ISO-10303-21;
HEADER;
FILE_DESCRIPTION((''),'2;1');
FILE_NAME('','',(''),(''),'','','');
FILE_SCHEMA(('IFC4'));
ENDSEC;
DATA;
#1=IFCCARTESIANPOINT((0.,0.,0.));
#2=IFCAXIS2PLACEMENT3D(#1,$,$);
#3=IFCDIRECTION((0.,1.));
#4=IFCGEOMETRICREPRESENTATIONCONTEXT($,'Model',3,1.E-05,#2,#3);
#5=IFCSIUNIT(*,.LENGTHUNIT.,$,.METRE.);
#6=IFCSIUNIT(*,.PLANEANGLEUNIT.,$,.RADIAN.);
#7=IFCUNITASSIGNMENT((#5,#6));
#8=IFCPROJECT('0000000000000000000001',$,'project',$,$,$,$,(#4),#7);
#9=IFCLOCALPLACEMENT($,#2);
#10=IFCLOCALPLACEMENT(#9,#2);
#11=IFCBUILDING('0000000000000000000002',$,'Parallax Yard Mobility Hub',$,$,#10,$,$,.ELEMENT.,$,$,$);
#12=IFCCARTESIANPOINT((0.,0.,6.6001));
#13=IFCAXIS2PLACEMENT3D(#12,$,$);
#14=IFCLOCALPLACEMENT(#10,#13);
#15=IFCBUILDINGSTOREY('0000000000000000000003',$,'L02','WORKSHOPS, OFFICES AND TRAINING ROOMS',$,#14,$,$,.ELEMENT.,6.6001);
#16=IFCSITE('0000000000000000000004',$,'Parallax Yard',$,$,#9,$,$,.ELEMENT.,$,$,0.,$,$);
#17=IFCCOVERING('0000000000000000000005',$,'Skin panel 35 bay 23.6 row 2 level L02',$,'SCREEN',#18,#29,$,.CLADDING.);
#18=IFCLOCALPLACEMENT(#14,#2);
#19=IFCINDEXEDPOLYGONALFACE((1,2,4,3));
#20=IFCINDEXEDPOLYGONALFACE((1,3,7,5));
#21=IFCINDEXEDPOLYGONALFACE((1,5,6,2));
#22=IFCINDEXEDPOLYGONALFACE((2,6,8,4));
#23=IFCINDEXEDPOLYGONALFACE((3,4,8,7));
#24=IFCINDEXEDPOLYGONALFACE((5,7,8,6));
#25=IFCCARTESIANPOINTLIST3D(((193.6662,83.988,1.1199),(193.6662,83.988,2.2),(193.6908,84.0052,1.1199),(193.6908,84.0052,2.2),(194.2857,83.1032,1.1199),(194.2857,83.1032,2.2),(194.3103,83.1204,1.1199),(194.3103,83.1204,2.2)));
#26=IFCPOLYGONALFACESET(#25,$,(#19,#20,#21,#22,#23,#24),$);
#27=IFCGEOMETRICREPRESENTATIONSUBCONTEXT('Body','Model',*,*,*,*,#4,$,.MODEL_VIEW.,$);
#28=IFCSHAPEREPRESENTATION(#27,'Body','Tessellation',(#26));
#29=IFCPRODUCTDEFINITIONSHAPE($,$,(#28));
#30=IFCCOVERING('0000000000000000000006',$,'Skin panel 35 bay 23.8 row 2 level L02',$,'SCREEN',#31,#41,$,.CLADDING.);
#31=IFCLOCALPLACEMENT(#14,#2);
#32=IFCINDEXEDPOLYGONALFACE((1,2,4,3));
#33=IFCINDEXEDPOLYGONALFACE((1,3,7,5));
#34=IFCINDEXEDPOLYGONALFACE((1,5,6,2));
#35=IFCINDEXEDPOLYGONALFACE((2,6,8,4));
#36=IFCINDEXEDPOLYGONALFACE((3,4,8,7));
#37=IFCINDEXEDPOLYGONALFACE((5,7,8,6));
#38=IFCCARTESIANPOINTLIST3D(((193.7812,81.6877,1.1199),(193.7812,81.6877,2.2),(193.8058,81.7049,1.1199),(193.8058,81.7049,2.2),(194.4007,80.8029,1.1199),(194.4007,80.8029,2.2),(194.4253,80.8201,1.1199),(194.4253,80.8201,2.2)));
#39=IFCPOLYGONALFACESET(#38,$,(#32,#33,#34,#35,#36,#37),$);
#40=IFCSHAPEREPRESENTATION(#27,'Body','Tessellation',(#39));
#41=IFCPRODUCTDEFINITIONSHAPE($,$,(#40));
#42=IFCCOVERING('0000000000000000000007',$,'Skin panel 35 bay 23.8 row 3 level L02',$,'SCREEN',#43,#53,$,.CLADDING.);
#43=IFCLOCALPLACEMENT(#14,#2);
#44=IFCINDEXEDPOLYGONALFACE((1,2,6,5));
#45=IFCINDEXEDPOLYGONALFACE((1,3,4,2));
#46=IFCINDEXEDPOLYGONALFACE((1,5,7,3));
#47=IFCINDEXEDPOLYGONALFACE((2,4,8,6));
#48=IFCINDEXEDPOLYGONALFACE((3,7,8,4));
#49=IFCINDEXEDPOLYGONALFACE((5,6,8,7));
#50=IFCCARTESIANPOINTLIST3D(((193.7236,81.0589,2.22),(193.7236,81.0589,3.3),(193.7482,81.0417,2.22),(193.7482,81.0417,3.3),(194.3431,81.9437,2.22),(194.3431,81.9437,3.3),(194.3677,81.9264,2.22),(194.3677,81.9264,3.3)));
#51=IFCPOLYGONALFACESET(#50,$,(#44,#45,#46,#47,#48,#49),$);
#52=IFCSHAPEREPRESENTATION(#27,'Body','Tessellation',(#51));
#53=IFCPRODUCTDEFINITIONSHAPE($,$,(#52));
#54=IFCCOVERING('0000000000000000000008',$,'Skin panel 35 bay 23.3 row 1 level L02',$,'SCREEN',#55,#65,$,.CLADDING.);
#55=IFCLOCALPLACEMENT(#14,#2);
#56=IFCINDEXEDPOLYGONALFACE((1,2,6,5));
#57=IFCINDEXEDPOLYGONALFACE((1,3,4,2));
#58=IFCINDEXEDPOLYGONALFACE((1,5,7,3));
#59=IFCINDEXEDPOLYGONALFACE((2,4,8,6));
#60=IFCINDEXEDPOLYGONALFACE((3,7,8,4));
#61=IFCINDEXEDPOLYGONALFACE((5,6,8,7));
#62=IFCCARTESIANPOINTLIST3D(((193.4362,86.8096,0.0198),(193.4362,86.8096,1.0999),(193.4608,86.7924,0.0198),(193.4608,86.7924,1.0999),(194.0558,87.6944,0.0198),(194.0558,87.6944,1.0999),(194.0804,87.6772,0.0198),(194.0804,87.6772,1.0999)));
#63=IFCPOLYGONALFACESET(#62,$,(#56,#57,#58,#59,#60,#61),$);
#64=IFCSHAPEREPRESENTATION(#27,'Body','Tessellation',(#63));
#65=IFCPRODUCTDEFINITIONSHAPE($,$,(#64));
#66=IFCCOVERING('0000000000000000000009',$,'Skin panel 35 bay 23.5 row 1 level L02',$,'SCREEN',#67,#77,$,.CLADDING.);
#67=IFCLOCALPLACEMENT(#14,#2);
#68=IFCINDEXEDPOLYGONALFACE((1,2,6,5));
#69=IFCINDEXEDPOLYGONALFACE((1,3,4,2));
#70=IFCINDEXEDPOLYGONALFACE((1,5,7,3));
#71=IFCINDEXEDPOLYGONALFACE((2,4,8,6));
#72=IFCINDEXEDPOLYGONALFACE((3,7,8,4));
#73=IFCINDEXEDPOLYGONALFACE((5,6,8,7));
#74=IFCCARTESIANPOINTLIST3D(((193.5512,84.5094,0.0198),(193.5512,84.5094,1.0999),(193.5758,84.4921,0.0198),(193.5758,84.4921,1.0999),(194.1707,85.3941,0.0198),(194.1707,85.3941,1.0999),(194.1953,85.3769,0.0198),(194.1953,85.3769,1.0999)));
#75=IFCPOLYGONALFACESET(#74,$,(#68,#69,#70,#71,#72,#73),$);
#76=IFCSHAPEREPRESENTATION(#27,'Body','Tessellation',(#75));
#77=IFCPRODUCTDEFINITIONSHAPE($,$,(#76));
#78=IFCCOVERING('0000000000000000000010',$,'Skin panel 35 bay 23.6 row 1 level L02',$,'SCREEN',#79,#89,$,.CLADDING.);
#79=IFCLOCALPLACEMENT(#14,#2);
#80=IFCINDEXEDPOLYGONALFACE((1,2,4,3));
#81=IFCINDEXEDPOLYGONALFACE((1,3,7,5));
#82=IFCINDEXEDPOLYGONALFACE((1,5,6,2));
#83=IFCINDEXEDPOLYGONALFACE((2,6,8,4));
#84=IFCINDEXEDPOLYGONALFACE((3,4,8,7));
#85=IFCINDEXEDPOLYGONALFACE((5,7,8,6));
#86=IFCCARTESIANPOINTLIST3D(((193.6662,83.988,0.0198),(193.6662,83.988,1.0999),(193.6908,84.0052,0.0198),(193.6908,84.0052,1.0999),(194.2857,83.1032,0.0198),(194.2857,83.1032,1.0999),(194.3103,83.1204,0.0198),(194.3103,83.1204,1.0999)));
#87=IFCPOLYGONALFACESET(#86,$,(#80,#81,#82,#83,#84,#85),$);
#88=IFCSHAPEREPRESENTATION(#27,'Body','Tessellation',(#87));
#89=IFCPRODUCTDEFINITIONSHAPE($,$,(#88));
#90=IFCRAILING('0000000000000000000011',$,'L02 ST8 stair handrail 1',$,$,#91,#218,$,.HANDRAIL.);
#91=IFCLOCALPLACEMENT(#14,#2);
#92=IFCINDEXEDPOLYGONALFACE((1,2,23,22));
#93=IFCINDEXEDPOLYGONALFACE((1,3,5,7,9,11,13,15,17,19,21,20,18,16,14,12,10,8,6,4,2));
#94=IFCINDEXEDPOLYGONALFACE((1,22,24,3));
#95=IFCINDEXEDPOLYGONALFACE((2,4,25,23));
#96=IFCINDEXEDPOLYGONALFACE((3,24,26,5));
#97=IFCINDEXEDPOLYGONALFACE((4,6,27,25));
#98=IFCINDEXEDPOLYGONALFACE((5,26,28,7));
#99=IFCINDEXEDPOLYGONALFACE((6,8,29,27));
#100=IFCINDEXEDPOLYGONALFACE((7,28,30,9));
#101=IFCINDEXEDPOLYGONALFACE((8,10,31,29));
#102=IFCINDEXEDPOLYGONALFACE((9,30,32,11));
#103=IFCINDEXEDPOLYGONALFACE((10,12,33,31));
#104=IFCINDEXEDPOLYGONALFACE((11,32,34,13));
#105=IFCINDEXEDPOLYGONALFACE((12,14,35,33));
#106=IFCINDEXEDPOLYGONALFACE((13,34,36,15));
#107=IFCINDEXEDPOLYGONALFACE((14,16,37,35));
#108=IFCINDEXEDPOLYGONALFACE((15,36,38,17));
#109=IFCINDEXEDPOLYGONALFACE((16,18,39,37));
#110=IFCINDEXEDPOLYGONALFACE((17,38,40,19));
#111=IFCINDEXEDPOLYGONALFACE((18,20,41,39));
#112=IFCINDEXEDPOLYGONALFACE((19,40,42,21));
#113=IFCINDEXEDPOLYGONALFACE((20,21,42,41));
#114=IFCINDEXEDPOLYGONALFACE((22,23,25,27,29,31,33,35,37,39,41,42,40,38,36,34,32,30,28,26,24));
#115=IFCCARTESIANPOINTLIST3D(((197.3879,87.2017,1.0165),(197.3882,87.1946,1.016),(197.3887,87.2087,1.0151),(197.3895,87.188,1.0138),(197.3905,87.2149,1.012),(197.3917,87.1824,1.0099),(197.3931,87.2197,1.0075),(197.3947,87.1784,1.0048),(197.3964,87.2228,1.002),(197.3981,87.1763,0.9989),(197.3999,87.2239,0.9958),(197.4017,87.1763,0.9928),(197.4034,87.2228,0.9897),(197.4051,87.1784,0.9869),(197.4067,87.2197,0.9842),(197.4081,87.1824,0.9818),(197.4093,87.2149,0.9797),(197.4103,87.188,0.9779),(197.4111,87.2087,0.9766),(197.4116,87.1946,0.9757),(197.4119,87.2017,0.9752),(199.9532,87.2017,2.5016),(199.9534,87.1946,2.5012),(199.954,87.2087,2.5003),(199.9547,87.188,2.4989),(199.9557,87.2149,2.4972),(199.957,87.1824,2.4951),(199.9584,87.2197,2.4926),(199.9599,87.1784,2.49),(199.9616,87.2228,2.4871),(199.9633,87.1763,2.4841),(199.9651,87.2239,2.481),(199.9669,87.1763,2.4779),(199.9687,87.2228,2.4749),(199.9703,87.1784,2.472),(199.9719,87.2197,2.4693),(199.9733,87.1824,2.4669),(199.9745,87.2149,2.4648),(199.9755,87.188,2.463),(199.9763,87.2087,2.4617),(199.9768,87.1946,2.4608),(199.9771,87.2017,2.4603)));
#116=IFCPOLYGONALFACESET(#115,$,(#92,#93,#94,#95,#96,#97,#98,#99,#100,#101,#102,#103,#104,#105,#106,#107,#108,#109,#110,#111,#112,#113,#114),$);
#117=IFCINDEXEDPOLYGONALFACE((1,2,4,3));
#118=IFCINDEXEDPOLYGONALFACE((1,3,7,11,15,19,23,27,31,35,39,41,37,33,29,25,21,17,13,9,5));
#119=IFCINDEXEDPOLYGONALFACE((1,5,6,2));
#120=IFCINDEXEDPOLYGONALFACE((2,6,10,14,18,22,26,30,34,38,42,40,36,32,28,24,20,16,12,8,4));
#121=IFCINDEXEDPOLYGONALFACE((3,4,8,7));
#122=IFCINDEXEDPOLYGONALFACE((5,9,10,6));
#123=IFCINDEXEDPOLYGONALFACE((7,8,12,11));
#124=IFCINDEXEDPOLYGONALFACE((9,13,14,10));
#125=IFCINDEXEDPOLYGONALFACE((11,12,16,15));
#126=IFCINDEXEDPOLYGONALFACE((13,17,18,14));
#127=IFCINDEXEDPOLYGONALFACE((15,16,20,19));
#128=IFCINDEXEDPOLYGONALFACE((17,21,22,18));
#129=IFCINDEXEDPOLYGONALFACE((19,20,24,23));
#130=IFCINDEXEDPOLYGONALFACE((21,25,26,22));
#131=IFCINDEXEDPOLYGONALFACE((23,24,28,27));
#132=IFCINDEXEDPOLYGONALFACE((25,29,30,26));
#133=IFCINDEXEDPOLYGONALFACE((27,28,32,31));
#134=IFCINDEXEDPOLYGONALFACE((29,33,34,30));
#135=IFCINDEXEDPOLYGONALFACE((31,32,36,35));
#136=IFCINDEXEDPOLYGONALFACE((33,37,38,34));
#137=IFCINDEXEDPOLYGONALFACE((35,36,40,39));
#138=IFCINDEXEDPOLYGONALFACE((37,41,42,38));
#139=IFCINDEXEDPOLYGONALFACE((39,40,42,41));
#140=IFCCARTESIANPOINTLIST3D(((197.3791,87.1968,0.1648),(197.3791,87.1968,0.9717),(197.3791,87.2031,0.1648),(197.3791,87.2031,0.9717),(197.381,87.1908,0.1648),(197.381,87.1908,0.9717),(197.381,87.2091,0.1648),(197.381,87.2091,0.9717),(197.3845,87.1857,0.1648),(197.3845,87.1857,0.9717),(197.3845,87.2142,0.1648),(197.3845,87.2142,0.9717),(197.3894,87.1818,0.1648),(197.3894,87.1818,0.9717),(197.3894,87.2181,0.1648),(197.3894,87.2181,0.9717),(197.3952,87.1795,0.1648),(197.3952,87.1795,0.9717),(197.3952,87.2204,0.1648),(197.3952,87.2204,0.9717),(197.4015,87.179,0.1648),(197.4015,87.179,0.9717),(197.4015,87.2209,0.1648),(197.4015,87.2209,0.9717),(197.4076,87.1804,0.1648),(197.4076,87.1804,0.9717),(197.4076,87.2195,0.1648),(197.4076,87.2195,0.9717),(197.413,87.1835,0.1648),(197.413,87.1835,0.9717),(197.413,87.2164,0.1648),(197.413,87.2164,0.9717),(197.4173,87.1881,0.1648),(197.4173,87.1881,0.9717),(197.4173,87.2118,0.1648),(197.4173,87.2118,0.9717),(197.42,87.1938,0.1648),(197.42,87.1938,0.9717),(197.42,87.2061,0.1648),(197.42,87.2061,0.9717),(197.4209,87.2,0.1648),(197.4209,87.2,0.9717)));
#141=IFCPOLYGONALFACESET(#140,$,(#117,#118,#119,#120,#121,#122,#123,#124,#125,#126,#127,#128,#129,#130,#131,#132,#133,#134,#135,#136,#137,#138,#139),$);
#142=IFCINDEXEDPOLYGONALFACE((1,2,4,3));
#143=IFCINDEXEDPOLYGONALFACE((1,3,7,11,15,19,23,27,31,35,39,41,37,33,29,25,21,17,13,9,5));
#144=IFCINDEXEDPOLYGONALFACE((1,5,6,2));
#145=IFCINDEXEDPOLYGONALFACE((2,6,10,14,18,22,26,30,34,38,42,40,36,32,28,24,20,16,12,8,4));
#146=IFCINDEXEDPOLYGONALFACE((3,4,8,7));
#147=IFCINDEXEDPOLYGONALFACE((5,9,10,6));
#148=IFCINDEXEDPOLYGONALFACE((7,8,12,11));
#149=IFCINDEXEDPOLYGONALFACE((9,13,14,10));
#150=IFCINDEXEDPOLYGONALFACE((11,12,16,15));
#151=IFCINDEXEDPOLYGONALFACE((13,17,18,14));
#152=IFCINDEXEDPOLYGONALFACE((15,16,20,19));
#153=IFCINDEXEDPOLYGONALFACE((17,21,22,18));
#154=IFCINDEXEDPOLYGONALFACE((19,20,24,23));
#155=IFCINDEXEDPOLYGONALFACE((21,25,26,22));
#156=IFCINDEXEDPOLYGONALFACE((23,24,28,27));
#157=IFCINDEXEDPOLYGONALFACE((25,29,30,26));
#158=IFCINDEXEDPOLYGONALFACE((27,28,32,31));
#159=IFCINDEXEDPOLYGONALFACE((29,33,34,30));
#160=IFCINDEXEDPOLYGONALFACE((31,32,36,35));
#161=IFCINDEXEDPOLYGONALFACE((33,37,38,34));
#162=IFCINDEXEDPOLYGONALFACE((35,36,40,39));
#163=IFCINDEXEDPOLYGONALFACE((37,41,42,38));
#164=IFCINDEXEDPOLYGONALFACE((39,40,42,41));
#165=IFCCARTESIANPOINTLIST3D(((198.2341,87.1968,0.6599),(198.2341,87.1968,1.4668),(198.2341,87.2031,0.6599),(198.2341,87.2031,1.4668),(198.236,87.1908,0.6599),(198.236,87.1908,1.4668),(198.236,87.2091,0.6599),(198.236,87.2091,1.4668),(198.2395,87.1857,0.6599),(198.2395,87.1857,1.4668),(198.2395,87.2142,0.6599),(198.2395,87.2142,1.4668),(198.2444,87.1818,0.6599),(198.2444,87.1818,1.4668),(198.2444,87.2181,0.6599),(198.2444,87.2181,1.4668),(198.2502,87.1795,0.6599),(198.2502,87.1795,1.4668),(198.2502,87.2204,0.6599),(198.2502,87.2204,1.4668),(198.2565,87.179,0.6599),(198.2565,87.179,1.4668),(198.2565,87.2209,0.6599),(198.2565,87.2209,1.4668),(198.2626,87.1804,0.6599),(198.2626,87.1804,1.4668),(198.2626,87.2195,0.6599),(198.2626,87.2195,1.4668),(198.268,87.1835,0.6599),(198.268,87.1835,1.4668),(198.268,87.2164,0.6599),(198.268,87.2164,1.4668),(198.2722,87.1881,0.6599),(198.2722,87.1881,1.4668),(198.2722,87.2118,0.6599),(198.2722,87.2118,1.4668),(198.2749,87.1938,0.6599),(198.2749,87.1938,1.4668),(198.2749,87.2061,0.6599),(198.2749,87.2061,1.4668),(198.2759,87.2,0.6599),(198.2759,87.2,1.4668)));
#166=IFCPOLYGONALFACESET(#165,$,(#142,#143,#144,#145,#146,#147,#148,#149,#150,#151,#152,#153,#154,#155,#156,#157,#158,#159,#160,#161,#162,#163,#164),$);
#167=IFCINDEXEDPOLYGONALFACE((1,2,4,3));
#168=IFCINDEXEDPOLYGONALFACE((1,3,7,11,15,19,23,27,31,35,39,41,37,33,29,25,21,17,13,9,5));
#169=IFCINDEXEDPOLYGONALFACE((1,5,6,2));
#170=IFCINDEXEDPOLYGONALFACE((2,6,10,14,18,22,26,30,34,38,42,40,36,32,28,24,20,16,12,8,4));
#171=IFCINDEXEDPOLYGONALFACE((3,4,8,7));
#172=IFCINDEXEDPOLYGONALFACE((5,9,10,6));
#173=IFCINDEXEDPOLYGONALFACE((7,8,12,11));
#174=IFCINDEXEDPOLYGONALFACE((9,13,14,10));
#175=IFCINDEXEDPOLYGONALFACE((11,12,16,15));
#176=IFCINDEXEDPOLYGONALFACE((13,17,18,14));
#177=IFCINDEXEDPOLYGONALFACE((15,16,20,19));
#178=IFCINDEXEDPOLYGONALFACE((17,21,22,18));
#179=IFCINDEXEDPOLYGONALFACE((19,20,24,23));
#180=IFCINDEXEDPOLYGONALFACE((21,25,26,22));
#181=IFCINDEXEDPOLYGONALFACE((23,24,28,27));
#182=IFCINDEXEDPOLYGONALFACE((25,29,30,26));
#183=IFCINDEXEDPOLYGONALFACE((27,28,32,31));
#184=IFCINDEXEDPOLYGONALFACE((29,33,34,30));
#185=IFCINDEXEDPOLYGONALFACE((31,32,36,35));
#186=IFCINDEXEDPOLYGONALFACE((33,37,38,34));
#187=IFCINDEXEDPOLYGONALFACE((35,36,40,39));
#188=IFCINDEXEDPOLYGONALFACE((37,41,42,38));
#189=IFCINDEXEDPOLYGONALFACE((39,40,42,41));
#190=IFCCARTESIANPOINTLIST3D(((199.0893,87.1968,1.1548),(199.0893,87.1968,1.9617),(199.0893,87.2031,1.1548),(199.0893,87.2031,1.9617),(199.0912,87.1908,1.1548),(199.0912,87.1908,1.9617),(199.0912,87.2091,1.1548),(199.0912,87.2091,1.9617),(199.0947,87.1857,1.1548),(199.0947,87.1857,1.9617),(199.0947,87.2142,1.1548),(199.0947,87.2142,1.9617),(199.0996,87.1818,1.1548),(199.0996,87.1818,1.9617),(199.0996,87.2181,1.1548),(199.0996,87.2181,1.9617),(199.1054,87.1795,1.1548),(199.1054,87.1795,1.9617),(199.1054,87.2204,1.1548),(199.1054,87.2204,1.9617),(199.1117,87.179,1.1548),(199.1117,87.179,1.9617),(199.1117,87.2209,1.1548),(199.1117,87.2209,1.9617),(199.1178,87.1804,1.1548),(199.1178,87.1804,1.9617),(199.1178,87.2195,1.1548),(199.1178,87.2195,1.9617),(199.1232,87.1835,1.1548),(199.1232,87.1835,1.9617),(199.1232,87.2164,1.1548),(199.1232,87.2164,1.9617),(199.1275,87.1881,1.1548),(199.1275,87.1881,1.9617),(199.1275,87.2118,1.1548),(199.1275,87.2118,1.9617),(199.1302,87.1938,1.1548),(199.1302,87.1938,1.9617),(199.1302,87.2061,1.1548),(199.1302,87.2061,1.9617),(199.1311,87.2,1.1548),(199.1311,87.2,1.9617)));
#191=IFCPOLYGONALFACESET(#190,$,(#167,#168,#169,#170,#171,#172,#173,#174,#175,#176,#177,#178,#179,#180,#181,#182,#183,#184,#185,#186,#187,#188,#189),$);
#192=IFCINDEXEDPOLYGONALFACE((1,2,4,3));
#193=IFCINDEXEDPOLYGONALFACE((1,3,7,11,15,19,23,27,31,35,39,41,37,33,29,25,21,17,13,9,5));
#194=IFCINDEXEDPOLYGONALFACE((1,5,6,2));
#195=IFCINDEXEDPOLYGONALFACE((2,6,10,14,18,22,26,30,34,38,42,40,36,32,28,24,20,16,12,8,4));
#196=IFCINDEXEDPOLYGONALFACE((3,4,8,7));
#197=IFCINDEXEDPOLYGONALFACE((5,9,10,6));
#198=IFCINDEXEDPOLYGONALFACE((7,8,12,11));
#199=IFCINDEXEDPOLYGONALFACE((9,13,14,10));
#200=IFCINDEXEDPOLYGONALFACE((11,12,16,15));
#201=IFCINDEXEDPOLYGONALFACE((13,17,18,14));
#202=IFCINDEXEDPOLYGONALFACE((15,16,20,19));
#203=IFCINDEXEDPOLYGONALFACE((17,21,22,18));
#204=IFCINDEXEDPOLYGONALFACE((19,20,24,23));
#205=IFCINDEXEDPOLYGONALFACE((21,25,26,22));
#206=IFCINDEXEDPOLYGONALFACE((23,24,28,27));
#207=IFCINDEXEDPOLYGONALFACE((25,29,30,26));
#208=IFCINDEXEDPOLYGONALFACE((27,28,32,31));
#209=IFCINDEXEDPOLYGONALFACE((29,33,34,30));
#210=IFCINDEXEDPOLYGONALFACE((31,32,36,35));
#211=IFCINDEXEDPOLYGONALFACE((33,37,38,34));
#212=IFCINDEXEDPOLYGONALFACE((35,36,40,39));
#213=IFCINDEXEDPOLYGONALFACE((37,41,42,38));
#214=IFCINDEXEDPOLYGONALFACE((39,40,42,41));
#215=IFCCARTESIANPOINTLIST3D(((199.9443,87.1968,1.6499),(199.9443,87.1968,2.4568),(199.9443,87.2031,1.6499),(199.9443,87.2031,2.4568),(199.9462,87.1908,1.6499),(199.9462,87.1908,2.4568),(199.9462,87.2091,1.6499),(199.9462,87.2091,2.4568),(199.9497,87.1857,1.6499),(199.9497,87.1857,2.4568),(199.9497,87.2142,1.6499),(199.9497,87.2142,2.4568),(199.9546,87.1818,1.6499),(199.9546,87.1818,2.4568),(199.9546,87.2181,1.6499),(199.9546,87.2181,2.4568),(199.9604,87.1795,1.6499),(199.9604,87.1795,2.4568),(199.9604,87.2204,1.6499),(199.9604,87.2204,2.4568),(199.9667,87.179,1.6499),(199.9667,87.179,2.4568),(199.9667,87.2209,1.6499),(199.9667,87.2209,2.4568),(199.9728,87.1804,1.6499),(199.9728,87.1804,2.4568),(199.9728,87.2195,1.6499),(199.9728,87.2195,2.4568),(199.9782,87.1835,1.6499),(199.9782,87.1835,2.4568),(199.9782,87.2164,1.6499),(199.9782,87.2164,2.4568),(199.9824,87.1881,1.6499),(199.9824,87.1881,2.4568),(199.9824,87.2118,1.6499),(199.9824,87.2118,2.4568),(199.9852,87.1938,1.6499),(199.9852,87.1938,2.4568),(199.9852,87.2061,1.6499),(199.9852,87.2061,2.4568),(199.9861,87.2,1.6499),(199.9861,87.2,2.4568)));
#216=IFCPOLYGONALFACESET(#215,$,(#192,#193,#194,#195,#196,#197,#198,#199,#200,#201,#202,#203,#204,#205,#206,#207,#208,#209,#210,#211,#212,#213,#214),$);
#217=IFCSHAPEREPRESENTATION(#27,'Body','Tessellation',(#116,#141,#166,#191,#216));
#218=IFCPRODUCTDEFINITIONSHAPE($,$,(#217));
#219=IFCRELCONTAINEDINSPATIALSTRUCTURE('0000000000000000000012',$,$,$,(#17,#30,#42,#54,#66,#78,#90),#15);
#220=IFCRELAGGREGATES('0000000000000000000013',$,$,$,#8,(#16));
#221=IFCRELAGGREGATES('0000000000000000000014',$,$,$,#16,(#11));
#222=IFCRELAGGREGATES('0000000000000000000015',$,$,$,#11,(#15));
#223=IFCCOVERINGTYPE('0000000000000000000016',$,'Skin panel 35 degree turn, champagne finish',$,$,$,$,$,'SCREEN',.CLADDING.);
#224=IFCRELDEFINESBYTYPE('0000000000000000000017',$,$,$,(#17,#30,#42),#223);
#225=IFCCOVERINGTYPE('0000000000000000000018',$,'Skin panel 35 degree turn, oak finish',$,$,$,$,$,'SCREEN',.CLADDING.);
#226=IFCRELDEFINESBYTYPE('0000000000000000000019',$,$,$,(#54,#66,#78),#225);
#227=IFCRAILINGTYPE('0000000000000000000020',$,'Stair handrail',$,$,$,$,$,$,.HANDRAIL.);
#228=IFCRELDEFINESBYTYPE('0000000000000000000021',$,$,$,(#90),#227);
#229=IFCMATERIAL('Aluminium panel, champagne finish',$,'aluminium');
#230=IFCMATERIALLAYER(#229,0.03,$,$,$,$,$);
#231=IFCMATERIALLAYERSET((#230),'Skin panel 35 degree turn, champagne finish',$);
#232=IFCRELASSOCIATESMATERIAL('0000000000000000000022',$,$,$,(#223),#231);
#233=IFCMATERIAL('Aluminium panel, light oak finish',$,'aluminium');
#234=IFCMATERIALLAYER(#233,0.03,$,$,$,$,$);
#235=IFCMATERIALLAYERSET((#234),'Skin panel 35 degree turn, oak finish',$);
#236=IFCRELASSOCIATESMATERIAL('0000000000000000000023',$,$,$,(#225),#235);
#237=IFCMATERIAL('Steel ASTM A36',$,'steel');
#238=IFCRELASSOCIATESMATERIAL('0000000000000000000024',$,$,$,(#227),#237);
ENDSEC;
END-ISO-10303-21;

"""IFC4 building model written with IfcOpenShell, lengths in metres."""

from ifc_helpers import new_model, si_unit, direction, frame, origin, origin_2d, place, context, subcontext, project, spatial, rectangle, circle, extrude, material, layer, layer_set, type_object, element, save


model = new_model("IFC4")

# Units and contexts
model_context = context("Model", 3, precision=1e-05, world=origin(), true_north=direction((0.0, 1.0)))
body_context = subcontext(model_context, "Body", "Model", "MODEL_VIEW")
ifc_project = project(units=[si_unit("LENGTHUNIT", "METRE"), si_unit("PLANEANGLEUNIT", "RADIAN")], contexts=[model_context])

# Site, building, storey
site_placement = place(None, origin())
site = spatial("IfcSite", under=ifc_project, at=site_placement, Name="Parallax Yard", CompositionType="ELEMENT", RefElevation=0.0)
building_placement = place(site_placement, origin())
building = spatial("IfcBuilding", under=site, at=building_placement, Name="Parallax Yard Mobility Hub", CompositionType="ELEMENT")
storey_placement = place(building_placement, frame((0.0, 0.0, 6.6001)))
storey = spatial("IfcBuildingStorey", under=building, at=storey_placement, Name="L02", Description="WORKSHOPS, OFFICES AND TRAINING ROOMS", CompositionType="ELEMENT", Elevation=6.6001)

# Coverings
ifc_material_1 = material(Name="Aluminium panel, champagne finish", Category="aluminium")
ifc_material_2 = material(Name="Aluminium panel, light oak finish", Category="aluminium")
ifc_layer_1 = layer(ifc_material_1, 0.03)
ifc_layer_set_1 = layer_set([ifc_layer_1], Name="Skin panel 35 degree turn, champagne finish")
covering_type_1 = type_object("IfcCoveringType", Name="Skin panel 35 degree turn, champagne finish", ElementType="SCREEN", PredefinedType="CLADDING", material=ifc_layer_set_1)
for number, where, z_axis, x_axis, name in (
    (1, (193.9883, 83.5542, 1.1199), (0.0, 0.0, 1.0), (-0.573576, 0.819152, 0.0), "Skin panel 35 bay 23.6 row 2 level L02"),
    (2, (194.1033, 81.2539, 1.1199), (0.0, 0.0, 1.0), (-0.573576, 0.819152, 0.0), "Skin panel 35 bay 23.8 row 2 level L02"),
    (3, (194.0457, 81.4927, 2.22), (0.0, 0.0, 1.0), (-0.573576, -0.819152, 0.0), "Skin panel 35 bay 23.8 row 3 level L02"),
):
    element("IfcCovering", number, at=place(storey_placement, frame(where, z_axis=z_axis, x_axis=x_axis)), inside=storey, type_object=covering_type_1, Name=name, ObjectType="SCREEN", PredefinedType="CLADDING", context=body_context, shape_type="SweptSolid", body=[
        extrude(rectangle(XDim=1.0801, YDim=0.03, at=origin_2d()), origin(), (0.0, 0.0, 1.0), 1.0801),
    ])
ifc_layer_2 = layer(ifc_material_2, 0.03)
ifc_layer_set_2 = layer_set([ifc_layer_2], Name="Skin panel 35 degree turn, oak finish")
covering_type_2 = type_object("IfcCoveringType", Name="Skin panel 35 degree turn, oak finish", ElementType="SCREEN", PredefinedType="CLADDING", material=ifc_layer_set_2)
for number, where, z_axis, x_axis, name in (
    (4, (193.7583, 87.2434, 0.0198), (0.0, 0.0, 1.0), (-0.573576, -0.819152, 0.0), "Skin panel 35 bay 23.3 row 1 level L02"),
    (5, (193.8733, 84.9431, 0.0198), (0.0, 0.0, 1.0), (-0.573576, -0.819152, 0.0), "Skin panel 35 bay 23.5 row 1 level L02"),
    (6, (193.9883, 83.5542, 0.0198), (0.0, 0.0, 1.0), (-0.573576, 0.819152, 0.0), "Skin panel 35 bay 23.6 row 1 level L02"),
):
    element("IfcCovering", number, at=place(storey_placement, frame(where, z_axis=z_axis, x_axis=x_axis)), inside=storey, type_object=covering_type_2, Name=name, ObjectType="SCREEN", PredefinedType="CLADDING", context=body_context, shape_type="SweptSolid", body=[
        extrude(rectangle(XDim=1.0801, YDim=0.03, at=origin_2d()), origin(), (0.0, 0.0, 1.0), 1.0801),
    ])

# Railing
ifc_material_3 = material(Name="Steel ASTM A36", Category="steel")
railing_type = type_object("IfcRailingType", Name="Stair handrail", PredefinedType="HANDRAIL", material=ifc_material_3)
railing_placement = place(storey_placement, frame((197.3999, 87.2, 0.1648)))
element("IfcRailing", 7, at=railing_placement, inside=storey, type_object=railing_type, Name="L02 ST8 stair handrail 1", PredefinedType="HANDRAIL", context=body_context, shape_type="SweptSolid", body=[
    extrude(circle(Radius=0.0239, at=origin_2d()), frame((0.0, 0.0, 0.8311), z_axis=(0.865426, 0.0, 0.501036), x_axis=(0.0, 1.0, 0.0)), (0.0, 0.0, 1.0), 2.9641),
    extrude(circle(Radius=0.021, at=origin_2d()), origin(), (0.0, 0.0, 1.0), 0.8069),
    extrude(circle(Radius=0.021, at=origin_2d()), frame((0.855, 0.0, 0.4951)), (0.0, 0.0, 1.0), 0.8069),
    extrude(circle(Radius=0.021, at=origin_2d()), frame((1.7102, 0.0, 0.99)), (0.0, 0.0, 1.0), 0.8069),
    extrude(circle(Radius=0.021, at=origin_2d()), frame((2.5652, 0.0, 1.4851)), (0.0, 0.0, 1.0), 0.8069),
])

save(model, "model.ifc")
